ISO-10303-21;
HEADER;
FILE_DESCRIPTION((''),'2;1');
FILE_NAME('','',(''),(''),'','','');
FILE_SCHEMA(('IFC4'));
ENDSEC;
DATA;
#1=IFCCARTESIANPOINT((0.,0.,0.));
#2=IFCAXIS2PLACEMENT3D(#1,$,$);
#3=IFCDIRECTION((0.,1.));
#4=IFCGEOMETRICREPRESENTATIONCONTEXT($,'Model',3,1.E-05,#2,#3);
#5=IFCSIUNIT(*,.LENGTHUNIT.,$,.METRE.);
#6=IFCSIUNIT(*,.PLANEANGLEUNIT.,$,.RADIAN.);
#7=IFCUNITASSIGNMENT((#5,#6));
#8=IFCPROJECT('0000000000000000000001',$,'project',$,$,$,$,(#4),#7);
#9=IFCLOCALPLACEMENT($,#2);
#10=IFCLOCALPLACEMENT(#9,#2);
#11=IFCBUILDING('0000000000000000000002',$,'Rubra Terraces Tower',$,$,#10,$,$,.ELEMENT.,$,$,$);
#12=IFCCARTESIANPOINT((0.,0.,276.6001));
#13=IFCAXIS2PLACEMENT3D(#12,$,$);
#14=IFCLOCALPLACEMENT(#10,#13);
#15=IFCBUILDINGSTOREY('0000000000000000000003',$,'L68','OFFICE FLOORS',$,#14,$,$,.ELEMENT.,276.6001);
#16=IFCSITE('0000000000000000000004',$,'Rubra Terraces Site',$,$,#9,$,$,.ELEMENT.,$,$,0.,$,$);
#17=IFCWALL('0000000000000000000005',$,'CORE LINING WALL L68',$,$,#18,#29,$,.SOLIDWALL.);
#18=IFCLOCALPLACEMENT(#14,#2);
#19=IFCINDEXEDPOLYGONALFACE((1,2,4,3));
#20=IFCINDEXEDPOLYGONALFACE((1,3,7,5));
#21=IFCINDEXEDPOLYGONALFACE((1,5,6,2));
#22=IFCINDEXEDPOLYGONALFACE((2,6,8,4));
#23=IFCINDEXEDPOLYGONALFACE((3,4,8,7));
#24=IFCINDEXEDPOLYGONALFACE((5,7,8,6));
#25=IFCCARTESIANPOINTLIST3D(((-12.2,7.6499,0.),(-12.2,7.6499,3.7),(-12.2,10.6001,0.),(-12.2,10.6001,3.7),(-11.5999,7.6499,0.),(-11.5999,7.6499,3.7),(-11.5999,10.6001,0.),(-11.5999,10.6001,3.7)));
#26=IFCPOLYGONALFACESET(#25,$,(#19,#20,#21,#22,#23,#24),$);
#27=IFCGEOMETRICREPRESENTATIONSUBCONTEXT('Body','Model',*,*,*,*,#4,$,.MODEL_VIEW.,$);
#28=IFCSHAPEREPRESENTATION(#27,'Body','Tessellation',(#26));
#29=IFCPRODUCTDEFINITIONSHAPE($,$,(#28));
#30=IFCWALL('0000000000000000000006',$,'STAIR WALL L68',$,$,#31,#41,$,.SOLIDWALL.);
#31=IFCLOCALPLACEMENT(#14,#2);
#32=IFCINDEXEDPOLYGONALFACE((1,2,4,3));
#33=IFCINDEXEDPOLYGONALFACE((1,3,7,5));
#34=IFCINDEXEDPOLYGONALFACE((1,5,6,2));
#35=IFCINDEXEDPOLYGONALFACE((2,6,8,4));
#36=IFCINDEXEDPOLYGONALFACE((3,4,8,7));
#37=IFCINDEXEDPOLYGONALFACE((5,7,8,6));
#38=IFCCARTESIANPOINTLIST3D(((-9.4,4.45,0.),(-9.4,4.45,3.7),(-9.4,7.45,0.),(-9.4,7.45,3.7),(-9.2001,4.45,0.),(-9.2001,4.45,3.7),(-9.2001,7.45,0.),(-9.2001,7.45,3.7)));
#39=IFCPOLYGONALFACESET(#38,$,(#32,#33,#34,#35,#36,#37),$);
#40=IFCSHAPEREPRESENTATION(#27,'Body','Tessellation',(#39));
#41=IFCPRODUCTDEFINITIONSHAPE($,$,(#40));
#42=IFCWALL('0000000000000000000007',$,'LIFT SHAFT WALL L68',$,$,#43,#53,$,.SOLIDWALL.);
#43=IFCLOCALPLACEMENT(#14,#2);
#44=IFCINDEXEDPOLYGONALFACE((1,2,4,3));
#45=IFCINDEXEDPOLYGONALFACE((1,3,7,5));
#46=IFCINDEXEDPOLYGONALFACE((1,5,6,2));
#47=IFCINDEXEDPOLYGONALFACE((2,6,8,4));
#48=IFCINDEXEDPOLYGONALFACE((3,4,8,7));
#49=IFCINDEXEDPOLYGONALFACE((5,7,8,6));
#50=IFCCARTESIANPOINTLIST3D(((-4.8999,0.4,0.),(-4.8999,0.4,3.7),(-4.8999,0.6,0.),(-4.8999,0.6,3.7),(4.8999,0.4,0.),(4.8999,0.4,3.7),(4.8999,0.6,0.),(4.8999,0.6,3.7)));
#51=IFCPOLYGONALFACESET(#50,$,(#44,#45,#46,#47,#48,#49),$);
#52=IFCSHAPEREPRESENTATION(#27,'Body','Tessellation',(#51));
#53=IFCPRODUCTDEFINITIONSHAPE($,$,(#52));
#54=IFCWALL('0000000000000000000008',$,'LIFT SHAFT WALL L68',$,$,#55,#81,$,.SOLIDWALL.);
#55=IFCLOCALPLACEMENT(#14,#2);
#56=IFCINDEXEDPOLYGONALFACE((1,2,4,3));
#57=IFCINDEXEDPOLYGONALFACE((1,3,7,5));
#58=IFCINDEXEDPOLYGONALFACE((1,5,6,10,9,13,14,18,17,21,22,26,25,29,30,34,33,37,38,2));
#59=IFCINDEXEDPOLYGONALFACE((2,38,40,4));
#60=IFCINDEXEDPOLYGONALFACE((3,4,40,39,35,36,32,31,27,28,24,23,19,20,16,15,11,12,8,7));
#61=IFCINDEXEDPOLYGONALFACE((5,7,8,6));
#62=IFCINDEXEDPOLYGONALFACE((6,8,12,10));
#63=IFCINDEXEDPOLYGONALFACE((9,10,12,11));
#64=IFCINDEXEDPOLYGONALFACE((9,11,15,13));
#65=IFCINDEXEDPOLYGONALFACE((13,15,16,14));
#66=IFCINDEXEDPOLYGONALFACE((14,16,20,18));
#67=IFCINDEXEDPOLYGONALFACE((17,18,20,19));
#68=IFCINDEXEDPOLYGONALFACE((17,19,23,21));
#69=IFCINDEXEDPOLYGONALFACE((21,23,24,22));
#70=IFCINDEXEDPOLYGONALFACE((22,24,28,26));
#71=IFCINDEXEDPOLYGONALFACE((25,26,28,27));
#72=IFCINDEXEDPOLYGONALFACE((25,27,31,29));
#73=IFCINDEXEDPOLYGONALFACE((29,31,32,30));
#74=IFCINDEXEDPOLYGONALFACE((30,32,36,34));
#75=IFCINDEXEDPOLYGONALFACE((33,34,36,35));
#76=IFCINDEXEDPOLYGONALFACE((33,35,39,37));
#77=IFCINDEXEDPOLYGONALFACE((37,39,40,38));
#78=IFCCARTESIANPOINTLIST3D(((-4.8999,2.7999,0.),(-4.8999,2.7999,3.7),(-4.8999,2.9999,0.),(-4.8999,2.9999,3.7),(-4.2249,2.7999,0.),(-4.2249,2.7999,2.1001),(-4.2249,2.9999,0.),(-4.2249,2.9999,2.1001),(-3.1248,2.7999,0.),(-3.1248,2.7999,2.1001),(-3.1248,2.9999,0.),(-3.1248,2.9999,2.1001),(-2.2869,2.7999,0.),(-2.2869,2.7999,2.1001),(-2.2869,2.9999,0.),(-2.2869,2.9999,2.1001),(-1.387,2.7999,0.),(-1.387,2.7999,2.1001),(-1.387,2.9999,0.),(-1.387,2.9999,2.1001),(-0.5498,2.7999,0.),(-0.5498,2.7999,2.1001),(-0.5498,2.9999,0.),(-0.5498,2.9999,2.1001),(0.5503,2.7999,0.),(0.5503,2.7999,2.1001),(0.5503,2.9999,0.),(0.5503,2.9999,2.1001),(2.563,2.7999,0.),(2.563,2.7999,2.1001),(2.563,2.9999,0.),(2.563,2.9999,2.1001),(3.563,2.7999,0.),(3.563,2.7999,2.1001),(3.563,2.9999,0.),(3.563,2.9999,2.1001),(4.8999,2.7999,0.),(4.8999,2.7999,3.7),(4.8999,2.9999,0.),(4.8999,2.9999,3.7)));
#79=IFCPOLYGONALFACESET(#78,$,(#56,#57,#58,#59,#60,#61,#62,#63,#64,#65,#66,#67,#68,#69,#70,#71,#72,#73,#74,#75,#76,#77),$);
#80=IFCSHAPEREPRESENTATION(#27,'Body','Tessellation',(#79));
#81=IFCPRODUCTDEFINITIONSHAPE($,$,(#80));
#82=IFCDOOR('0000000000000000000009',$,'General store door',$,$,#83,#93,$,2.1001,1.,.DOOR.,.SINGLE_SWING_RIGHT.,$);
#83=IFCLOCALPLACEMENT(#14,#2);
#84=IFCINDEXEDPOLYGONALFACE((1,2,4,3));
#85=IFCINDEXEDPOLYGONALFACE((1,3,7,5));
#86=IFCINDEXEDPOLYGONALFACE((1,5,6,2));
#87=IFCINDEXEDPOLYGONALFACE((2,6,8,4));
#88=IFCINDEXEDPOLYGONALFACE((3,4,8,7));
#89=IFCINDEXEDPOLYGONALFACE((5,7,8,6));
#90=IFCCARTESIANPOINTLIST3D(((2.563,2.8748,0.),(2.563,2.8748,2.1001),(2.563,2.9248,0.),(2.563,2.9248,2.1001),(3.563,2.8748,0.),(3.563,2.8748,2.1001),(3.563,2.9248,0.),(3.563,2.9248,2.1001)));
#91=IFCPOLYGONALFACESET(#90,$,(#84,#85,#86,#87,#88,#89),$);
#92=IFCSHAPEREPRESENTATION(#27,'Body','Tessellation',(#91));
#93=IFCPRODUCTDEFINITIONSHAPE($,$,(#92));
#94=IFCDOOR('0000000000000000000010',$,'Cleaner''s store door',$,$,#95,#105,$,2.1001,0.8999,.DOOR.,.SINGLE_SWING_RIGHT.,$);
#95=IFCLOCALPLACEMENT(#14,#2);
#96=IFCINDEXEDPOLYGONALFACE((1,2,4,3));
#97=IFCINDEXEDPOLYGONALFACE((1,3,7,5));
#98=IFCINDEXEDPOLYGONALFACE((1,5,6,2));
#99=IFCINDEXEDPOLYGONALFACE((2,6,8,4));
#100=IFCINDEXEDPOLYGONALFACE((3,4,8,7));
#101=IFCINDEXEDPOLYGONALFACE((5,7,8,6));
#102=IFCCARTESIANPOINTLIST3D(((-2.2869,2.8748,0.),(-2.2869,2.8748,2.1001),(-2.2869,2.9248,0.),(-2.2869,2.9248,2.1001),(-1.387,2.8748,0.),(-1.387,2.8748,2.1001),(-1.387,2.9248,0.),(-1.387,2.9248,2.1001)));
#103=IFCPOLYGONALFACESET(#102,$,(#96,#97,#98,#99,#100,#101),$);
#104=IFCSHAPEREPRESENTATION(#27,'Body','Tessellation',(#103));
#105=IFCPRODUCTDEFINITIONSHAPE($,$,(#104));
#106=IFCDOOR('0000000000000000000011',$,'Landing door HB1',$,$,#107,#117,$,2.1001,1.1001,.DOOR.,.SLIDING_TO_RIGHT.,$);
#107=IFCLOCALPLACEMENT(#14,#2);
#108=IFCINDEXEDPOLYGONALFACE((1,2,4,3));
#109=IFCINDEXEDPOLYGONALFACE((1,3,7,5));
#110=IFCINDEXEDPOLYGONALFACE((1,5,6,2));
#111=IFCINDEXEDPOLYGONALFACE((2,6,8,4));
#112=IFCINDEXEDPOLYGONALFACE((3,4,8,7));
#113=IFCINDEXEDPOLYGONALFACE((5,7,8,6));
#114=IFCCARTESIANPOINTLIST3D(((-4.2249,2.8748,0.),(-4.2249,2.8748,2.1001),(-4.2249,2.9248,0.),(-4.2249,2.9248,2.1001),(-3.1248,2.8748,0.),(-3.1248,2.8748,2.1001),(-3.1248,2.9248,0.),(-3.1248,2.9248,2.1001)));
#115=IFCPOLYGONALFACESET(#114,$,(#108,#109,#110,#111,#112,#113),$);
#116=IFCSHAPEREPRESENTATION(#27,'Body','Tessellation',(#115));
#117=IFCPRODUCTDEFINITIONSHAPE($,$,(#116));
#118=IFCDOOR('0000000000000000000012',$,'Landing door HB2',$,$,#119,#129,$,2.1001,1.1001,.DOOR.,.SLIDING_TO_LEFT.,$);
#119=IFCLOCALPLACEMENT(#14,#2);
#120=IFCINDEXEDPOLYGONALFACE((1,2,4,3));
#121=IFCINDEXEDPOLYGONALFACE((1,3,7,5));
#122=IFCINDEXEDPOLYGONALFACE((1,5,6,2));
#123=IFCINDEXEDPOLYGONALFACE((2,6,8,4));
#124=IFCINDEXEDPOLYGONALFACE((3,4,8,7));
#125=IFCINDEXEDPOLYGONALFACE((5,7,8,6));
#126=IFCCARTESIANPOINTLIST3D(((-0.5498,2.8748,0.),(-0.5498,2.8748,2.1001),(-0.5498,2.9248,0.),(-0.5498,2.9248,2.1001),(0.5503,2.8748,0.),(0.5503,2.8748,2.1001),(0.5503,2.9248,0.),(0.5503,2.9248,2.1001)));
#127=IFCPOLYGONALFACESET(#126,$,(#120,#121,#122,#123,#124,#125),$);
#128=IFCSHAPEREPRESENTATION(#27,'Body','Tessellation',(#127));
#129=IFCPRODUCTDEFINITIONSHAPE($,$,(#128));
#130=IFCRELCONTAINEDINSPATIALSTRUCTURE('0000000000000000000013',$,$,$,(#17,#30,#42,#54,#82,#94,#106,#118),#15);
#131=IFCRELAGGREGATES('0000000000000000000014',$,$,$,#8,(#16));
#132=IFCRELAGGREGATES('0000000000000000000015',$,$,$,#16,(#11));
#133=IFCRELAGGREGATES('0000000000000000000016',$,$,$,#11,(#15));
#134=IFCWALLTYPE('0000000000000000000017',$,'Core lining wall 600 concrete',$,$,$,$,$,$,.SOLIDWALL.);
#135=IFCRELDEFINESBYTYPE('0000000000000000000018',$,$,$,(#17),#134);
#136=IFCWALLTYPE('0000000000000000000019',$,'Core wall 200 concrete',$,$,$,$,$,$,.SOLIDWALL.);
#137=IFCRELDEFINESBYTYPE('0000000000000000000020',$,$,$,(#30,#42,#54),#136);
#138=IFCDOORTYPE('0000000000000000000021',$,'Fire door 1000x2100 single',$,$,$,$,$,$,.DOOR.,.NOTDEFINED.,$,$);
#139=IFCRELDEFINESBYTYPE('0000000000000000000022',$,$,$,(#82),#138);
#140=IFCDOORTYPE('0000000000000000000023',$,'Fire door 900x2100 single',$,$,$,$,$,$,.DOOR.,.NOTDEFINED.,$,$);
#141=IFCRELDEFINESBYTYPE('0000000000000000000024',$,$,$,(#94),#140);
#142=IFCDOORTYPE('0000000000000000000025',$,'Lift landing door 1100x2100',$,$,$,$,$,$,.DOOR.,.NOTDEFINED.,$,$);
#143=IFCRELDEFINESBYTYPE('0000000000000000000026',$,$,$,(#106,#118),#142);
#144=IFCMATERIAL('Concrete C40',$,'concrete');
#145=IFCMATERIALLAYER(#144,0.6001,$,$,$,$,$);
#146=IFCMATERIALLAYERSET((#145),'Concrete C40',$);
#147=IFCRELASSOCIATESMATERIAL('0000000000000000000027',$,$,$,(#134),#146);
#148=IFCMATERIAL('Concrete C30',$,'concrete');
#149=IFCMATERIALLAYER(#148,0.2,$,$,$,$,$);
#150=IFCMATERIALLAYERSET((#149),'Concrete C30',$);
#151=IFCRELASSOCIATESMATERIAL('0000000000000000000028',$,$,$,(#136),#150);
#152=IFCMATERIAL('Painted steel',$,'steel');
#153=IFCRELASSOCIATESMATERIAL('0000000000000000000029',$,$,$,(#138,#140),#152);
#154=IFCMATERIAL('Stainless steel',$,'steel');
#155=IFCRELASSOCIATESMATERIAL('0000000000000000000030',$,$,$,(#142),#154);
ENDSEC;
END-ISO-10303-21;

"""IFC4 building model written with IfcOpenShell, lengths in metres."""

from ifc_helpers import new_model, si_unit, direction, frame, frame_2d, origin, place, context, subcontext, project, spatial, rectangle, extrude, material, layer, layer_set, type_object, element, fill, save


model = new_model("IFC4")

# Units and contexts
model_context = context("Model", 3, precision=1e-05, world=origin(), true_north=direction((0.0, 1.0)))
body_context = subcontext(model_context, "Body", "Model", "MODEL_VIEW")
ifc_project = project(units=[si_unit("LENGTHUNIT", "METRE"), si_unit("PLANEANGLEUNIT", "RADIAN")], contexts=[model_context])

# Site, building, storey
site_placement = place(None, origin())
site = spatial("IfcSite", under=ifc_project, at=site_placement, Name="Rubra Terraces Site", CompositionType="ELEMENT", RefElevation=0.0)
building_placement = place(site_placement, origin())
building = spatial("IfcBuilding", under=site, at=building_placement, Name="Rubra Terraces Tower", CompositionType="ELEMENT")
storey_placement = place(building_placement, frame((0.0, 0.0, 276.6001)))
storey = spatial("IfcBuildingStorey", under=building, at=storey_placement, Name="L68", Description="OFFICE FLOORS", CompositionType="ELEMENT", Elevation=276.6001)

# Walls
ifc_material_1 = material(Name="Concrete C40", Category="concrete")
ifc_layer_1 = layer(ifc_material_1, 0.6001)
ifc_layer_set_1 = layer_set([ifc_layer_1], Name="Concrete C40")
wall_type_1 = type_object("IfcWallType", Name="Core lining wall 600 concrete", PredefinedType="SOLIDWALL", material=ifc_layer_set_1)
wall_1_placement = place(storey_placement, frame((-11.8999, 7.6499, 0.0), z_axis=(0.0, 0.0, 1.0), x_axis=(0.0, 1.0, 0.0)))
element("IfcWall", 1, at=wall_1_placement, inside=storey, type_object=wall_type_1, Name="CORE LINING WALL L68", PredefinedType="SOLIDWALL", context=body_context, shape_type="SweptSolid", body=[
    extrude(rectangle(XDim=2.9502, YDim=0.6001, at=frame_2d((1.4751, 0.0))), origin(), (0.0, 0.0, 1.0), 3.7),
])
ifc_material_2 = material(Name="Concrete C30", Category="concrete")
ifc_layer_2 = layer(ifc_material_2, 0.2)
ifc_layer_set_2 = layer_set([ifc_layer_2], Name="Concrete C30")
wall_type_2 = type_object("IfcWallType", Name="Core wall 200 concrete", PredefinedType="SOLIDWALL", material=ifc_layer_set_2)
wall_2_placement = place(storey_placement, frame((-9.3, 4.45, 0.0), z_axis=(0.0, 0.0, 1.0), x_axis=(0.0, 1.0, 0.0)))
element("IfcWall", 2, at=wall_2_placement, inside=storey, type_object=wall_type_2, Name="STAIR WALL L68", PredefinedType="SOLIDWALL", context=body_context, shape_type="SweptSolid", body=[
    extrude(rectangle(XDim=3.0, YDim=0.2, at=frame_2d((1.5, 0.0))), origin(), (0.0, 0.0, 1.0), 3.7),
])
wall_3_placement = place(storey_placement, frame((-4.8999, 0.5, 0.0), z_axis=(0.0, 0.0, 1.0), x_axis=(1.0, 0.0, 0.0)))
element("IfcWall", 3, at=wall_3_placement, inside=storey, type_object=wall_type_2, Name="LIFT SHAFT WALL L68", PredefinedType="SOLIDWALL", context=body_context, shape_type="SweptSolid", body=[
    extrude(rectangle(XDim=9.7998, YDim=0.2, at=frame_2d((4.8999, 0.0))), origin(), (0.0, 0.0, 1.0), 3.7),
])

# Wall, openings, doors
wall_4_placement = place(storey_placement, frame((-4.8999, 2.8999, 0.0), z_axis=(0.0, 0.0, 1.0), x_axis=(1.0, 0.0, 0.0)))
wall_4 = element("IfcWall", 4, at=wall_4_placement, inside=storey, type_object=wall_type_2, Name="LIFT SHAFT WALL L68", PredefinedType="SOLIDWALL", context=body_context, shape_type="SweptSolid", body=[
    extrude(rectangle(XDim=9.7998, YDim=0.2, at=frame_2d((4.8999, 0.0))), origin(), (0.0, 0.0, 1.0), 3.7),
])
opening_1_placement = place(wall_4_placement, frame((0.675, 0.0, 0.0)))
opening_1 = element("IfcOpeningElement", 5, at=opening_1_placement, cuts=wall_4, PredefinedType="OPENING", context=body_context, shape_type="SweptSolid", body=[
    extrude(rectangle(XDim=1.1001, YDim=2.1001, at=frame_2d((0.55, 1.05))), frame((0.0, 0.1099, 0.0), z_axis=(0.0, -1.0, 0.0), x_axis=(1.0, 0.0, 0.0)), (0.0, 0.0, 1.0), 0.22),
])
opening_2_placement = place(wall_4_placement, frame((2.613, 0.0, 0.0)))
opening_2 = element("IfcOpeningElement", 6, at=opening_2_placement, cuts=wall_4, PredefinedType="OPENING", context=body_context, shape_type="SweptSolid", body=[
    extrude(rectangle(XDim=0.8999, YDim=2.1001, at=frame_2d((0.45, 1.05))), frame((0.0, 0.1099, 0.0), z_axis=(0.0, -1.0, 0.0), x_axis=(1.0, 0.0, 0.0)), (0.0, 0.0, 1.0), 0.22),
])
opening_3_placement = place(wall_4_placement, frame((4.3501, 0.0, 0.0)))
opening_3 = element("IfcOpeningElement", 7, at=opening_3_placement, cuts=wall_4, PredefinedType="OPENING", context=body_context, shape_type="SweptSolid", body=[
    extrude(rectangle(XDim=1.1001, YDim=2.1001, at=frame_2d((0.55, 1.05))), frame((0.0, 0.1099, 0.0), z_axis=(0.0, -1.0, 0.0), x_axis=(1.0, 0.0, 0.0)), (0.0, 0.0, 1.0), 0.22),
])
opening_4_placement = place(wall_4_placement, frame((7.4629, 0.0, 0.0)))
opening_4 = element("IfcOpeningElement", 8, at=opening_4_placement, cuts=wall_4, PredefinedType="OPENING", context=body_context, shape_type="SweptSolid", body=[
    extrude(rectangle(XDim=1.0, YDim=2.1001, at=frame_2d((0.5, 1.05))), frame((0.0, 0.1099, 0.0), z_axis=(0.0, -1.0, 0.0), x_axis=(1.0, 0.0, 0.0)), (0.0, 0.0, 1.0), 0.22),
])
ifc_material_3 = material(Name="Painted steel", Category="steel")
door_type_1 = type_object("IfcDoorType", Name="Fire door 1000x2100 single", OperationType="NOTDEFINED", PredefinedType="DOOR", material=ifc_material_3)
door_1_placement = place(opening_4_placement, origin())
door_1 = element("IfcDoor", 9, at=door_1_placement, inside=storey, type_object=door_type_1, Name="General store door", OperationType="SINGLE_SWING_RIGHT", OverallHeight=2.1001, OverallWidth=1.0, PredefinedType="DOOR", context=body_context, shape_type="SweptSolid", body=[
    extrude(rectangle(XDim=1.0, YDim=2.1001, at=frame_2d((0.5, 1.05))), frame((0.0, 0.0249, 0.0), z_axis=(0.0, -1.0, 0.0), x_axis=(1.0, 0.0, 0.0)), (0.0, 0.0, 1.0), 0.05),
])
fill(opening_4, door_1)
door_type_2 = type_object("IfcDoorType", Name="Fire door 900x2100 single", OperationType="NOTDEFINED", PredefinedType="DOOR", material=ifc_material_3)
door_2_placement = place(opening_2_placement, origin())
door_2 = element("IfcDoor", 10, at=door_2_placement, inside=storey, type_object=door_type_2, Name="Cleaner's store door", OperationType="SINGLE_SWING_RIGHT", OverallHeight=2.1001, OverallWidth=0.8999, PredefinedType="DOOR", context=body_context, shape_type="SweptSolid", body=[
    extrude(rectangle(XDim=0.8999, YDim=2.1001, at=frame_2d((0.45, 1.05))), frame((0.0, 0.0249, 0.0), z_axis=(0.0, -1.0, 0.0), x_axis=(1.0, 0.0, 0.0)), (0.0, 0.0, 1.0), 0.05),
])
fill(opening_2, door_2)
ifc_material_4 = material(Name="Stainless steel", Category="steel")
door_type_3 = type_object("IfcDoorType", Name="Lift landing door 1100x2100", OperationType="NOTDEFINED", PredefinedType="DOOR", material=ifc_material_4)
door_3_placement = place(opening_1_placement, origin())
door_3 = element("IfcDoor", 11, at=door_3_placement, inside=storey, type_object=door_type_3, Name="Landing door HB1", OperationType="SLIDING_TO_RIGHT", OverallHeight=2.1001, OverallWidth=1.1001, PredefinedType="DOOR", context=body_context, shape_type="SweptSolid", body=[
    extrude(rectangle(XDim=1.1001, YDim=2.1001, at=frame_2d((0.55, 1.05))), frame((0.0, 0.0249, 0.0), z_axis=(0.0, -1.0, 0.0), x_axis=(1.0, 0.0, 0.0)), (0.0, 0.0, 1.0), 0.05),
])
fill(opening_1, door_3)
door_4_placement = place(opening_3_placement, origin())
door_4 = element("IfcDoor", 12, at=door_4_placement, inside=storey, type_object=door_type_3, Name="Landing door HB2", OperationType="SLIDING_TO_LEFT", OverallHeight=2.1001, OverallWidth=1.1001, PredefinedType="DOOR", context=body_context, shape_type="SweptSolid", body=[
    extrude(rectangle(XDim=1.1001, YDim=2.1001, at=frame_2d((0.55, 1.05))), frame((0.0, 0.0249, 0.0), z_axis=(0.0, -1.0, 0.0), x_axis=(1.0, 0.0, 0.0)), (0.0, 0.0, 1.0), 0.05),
])
fill(opening_3, door_4)

save(model, "model.ifc")
